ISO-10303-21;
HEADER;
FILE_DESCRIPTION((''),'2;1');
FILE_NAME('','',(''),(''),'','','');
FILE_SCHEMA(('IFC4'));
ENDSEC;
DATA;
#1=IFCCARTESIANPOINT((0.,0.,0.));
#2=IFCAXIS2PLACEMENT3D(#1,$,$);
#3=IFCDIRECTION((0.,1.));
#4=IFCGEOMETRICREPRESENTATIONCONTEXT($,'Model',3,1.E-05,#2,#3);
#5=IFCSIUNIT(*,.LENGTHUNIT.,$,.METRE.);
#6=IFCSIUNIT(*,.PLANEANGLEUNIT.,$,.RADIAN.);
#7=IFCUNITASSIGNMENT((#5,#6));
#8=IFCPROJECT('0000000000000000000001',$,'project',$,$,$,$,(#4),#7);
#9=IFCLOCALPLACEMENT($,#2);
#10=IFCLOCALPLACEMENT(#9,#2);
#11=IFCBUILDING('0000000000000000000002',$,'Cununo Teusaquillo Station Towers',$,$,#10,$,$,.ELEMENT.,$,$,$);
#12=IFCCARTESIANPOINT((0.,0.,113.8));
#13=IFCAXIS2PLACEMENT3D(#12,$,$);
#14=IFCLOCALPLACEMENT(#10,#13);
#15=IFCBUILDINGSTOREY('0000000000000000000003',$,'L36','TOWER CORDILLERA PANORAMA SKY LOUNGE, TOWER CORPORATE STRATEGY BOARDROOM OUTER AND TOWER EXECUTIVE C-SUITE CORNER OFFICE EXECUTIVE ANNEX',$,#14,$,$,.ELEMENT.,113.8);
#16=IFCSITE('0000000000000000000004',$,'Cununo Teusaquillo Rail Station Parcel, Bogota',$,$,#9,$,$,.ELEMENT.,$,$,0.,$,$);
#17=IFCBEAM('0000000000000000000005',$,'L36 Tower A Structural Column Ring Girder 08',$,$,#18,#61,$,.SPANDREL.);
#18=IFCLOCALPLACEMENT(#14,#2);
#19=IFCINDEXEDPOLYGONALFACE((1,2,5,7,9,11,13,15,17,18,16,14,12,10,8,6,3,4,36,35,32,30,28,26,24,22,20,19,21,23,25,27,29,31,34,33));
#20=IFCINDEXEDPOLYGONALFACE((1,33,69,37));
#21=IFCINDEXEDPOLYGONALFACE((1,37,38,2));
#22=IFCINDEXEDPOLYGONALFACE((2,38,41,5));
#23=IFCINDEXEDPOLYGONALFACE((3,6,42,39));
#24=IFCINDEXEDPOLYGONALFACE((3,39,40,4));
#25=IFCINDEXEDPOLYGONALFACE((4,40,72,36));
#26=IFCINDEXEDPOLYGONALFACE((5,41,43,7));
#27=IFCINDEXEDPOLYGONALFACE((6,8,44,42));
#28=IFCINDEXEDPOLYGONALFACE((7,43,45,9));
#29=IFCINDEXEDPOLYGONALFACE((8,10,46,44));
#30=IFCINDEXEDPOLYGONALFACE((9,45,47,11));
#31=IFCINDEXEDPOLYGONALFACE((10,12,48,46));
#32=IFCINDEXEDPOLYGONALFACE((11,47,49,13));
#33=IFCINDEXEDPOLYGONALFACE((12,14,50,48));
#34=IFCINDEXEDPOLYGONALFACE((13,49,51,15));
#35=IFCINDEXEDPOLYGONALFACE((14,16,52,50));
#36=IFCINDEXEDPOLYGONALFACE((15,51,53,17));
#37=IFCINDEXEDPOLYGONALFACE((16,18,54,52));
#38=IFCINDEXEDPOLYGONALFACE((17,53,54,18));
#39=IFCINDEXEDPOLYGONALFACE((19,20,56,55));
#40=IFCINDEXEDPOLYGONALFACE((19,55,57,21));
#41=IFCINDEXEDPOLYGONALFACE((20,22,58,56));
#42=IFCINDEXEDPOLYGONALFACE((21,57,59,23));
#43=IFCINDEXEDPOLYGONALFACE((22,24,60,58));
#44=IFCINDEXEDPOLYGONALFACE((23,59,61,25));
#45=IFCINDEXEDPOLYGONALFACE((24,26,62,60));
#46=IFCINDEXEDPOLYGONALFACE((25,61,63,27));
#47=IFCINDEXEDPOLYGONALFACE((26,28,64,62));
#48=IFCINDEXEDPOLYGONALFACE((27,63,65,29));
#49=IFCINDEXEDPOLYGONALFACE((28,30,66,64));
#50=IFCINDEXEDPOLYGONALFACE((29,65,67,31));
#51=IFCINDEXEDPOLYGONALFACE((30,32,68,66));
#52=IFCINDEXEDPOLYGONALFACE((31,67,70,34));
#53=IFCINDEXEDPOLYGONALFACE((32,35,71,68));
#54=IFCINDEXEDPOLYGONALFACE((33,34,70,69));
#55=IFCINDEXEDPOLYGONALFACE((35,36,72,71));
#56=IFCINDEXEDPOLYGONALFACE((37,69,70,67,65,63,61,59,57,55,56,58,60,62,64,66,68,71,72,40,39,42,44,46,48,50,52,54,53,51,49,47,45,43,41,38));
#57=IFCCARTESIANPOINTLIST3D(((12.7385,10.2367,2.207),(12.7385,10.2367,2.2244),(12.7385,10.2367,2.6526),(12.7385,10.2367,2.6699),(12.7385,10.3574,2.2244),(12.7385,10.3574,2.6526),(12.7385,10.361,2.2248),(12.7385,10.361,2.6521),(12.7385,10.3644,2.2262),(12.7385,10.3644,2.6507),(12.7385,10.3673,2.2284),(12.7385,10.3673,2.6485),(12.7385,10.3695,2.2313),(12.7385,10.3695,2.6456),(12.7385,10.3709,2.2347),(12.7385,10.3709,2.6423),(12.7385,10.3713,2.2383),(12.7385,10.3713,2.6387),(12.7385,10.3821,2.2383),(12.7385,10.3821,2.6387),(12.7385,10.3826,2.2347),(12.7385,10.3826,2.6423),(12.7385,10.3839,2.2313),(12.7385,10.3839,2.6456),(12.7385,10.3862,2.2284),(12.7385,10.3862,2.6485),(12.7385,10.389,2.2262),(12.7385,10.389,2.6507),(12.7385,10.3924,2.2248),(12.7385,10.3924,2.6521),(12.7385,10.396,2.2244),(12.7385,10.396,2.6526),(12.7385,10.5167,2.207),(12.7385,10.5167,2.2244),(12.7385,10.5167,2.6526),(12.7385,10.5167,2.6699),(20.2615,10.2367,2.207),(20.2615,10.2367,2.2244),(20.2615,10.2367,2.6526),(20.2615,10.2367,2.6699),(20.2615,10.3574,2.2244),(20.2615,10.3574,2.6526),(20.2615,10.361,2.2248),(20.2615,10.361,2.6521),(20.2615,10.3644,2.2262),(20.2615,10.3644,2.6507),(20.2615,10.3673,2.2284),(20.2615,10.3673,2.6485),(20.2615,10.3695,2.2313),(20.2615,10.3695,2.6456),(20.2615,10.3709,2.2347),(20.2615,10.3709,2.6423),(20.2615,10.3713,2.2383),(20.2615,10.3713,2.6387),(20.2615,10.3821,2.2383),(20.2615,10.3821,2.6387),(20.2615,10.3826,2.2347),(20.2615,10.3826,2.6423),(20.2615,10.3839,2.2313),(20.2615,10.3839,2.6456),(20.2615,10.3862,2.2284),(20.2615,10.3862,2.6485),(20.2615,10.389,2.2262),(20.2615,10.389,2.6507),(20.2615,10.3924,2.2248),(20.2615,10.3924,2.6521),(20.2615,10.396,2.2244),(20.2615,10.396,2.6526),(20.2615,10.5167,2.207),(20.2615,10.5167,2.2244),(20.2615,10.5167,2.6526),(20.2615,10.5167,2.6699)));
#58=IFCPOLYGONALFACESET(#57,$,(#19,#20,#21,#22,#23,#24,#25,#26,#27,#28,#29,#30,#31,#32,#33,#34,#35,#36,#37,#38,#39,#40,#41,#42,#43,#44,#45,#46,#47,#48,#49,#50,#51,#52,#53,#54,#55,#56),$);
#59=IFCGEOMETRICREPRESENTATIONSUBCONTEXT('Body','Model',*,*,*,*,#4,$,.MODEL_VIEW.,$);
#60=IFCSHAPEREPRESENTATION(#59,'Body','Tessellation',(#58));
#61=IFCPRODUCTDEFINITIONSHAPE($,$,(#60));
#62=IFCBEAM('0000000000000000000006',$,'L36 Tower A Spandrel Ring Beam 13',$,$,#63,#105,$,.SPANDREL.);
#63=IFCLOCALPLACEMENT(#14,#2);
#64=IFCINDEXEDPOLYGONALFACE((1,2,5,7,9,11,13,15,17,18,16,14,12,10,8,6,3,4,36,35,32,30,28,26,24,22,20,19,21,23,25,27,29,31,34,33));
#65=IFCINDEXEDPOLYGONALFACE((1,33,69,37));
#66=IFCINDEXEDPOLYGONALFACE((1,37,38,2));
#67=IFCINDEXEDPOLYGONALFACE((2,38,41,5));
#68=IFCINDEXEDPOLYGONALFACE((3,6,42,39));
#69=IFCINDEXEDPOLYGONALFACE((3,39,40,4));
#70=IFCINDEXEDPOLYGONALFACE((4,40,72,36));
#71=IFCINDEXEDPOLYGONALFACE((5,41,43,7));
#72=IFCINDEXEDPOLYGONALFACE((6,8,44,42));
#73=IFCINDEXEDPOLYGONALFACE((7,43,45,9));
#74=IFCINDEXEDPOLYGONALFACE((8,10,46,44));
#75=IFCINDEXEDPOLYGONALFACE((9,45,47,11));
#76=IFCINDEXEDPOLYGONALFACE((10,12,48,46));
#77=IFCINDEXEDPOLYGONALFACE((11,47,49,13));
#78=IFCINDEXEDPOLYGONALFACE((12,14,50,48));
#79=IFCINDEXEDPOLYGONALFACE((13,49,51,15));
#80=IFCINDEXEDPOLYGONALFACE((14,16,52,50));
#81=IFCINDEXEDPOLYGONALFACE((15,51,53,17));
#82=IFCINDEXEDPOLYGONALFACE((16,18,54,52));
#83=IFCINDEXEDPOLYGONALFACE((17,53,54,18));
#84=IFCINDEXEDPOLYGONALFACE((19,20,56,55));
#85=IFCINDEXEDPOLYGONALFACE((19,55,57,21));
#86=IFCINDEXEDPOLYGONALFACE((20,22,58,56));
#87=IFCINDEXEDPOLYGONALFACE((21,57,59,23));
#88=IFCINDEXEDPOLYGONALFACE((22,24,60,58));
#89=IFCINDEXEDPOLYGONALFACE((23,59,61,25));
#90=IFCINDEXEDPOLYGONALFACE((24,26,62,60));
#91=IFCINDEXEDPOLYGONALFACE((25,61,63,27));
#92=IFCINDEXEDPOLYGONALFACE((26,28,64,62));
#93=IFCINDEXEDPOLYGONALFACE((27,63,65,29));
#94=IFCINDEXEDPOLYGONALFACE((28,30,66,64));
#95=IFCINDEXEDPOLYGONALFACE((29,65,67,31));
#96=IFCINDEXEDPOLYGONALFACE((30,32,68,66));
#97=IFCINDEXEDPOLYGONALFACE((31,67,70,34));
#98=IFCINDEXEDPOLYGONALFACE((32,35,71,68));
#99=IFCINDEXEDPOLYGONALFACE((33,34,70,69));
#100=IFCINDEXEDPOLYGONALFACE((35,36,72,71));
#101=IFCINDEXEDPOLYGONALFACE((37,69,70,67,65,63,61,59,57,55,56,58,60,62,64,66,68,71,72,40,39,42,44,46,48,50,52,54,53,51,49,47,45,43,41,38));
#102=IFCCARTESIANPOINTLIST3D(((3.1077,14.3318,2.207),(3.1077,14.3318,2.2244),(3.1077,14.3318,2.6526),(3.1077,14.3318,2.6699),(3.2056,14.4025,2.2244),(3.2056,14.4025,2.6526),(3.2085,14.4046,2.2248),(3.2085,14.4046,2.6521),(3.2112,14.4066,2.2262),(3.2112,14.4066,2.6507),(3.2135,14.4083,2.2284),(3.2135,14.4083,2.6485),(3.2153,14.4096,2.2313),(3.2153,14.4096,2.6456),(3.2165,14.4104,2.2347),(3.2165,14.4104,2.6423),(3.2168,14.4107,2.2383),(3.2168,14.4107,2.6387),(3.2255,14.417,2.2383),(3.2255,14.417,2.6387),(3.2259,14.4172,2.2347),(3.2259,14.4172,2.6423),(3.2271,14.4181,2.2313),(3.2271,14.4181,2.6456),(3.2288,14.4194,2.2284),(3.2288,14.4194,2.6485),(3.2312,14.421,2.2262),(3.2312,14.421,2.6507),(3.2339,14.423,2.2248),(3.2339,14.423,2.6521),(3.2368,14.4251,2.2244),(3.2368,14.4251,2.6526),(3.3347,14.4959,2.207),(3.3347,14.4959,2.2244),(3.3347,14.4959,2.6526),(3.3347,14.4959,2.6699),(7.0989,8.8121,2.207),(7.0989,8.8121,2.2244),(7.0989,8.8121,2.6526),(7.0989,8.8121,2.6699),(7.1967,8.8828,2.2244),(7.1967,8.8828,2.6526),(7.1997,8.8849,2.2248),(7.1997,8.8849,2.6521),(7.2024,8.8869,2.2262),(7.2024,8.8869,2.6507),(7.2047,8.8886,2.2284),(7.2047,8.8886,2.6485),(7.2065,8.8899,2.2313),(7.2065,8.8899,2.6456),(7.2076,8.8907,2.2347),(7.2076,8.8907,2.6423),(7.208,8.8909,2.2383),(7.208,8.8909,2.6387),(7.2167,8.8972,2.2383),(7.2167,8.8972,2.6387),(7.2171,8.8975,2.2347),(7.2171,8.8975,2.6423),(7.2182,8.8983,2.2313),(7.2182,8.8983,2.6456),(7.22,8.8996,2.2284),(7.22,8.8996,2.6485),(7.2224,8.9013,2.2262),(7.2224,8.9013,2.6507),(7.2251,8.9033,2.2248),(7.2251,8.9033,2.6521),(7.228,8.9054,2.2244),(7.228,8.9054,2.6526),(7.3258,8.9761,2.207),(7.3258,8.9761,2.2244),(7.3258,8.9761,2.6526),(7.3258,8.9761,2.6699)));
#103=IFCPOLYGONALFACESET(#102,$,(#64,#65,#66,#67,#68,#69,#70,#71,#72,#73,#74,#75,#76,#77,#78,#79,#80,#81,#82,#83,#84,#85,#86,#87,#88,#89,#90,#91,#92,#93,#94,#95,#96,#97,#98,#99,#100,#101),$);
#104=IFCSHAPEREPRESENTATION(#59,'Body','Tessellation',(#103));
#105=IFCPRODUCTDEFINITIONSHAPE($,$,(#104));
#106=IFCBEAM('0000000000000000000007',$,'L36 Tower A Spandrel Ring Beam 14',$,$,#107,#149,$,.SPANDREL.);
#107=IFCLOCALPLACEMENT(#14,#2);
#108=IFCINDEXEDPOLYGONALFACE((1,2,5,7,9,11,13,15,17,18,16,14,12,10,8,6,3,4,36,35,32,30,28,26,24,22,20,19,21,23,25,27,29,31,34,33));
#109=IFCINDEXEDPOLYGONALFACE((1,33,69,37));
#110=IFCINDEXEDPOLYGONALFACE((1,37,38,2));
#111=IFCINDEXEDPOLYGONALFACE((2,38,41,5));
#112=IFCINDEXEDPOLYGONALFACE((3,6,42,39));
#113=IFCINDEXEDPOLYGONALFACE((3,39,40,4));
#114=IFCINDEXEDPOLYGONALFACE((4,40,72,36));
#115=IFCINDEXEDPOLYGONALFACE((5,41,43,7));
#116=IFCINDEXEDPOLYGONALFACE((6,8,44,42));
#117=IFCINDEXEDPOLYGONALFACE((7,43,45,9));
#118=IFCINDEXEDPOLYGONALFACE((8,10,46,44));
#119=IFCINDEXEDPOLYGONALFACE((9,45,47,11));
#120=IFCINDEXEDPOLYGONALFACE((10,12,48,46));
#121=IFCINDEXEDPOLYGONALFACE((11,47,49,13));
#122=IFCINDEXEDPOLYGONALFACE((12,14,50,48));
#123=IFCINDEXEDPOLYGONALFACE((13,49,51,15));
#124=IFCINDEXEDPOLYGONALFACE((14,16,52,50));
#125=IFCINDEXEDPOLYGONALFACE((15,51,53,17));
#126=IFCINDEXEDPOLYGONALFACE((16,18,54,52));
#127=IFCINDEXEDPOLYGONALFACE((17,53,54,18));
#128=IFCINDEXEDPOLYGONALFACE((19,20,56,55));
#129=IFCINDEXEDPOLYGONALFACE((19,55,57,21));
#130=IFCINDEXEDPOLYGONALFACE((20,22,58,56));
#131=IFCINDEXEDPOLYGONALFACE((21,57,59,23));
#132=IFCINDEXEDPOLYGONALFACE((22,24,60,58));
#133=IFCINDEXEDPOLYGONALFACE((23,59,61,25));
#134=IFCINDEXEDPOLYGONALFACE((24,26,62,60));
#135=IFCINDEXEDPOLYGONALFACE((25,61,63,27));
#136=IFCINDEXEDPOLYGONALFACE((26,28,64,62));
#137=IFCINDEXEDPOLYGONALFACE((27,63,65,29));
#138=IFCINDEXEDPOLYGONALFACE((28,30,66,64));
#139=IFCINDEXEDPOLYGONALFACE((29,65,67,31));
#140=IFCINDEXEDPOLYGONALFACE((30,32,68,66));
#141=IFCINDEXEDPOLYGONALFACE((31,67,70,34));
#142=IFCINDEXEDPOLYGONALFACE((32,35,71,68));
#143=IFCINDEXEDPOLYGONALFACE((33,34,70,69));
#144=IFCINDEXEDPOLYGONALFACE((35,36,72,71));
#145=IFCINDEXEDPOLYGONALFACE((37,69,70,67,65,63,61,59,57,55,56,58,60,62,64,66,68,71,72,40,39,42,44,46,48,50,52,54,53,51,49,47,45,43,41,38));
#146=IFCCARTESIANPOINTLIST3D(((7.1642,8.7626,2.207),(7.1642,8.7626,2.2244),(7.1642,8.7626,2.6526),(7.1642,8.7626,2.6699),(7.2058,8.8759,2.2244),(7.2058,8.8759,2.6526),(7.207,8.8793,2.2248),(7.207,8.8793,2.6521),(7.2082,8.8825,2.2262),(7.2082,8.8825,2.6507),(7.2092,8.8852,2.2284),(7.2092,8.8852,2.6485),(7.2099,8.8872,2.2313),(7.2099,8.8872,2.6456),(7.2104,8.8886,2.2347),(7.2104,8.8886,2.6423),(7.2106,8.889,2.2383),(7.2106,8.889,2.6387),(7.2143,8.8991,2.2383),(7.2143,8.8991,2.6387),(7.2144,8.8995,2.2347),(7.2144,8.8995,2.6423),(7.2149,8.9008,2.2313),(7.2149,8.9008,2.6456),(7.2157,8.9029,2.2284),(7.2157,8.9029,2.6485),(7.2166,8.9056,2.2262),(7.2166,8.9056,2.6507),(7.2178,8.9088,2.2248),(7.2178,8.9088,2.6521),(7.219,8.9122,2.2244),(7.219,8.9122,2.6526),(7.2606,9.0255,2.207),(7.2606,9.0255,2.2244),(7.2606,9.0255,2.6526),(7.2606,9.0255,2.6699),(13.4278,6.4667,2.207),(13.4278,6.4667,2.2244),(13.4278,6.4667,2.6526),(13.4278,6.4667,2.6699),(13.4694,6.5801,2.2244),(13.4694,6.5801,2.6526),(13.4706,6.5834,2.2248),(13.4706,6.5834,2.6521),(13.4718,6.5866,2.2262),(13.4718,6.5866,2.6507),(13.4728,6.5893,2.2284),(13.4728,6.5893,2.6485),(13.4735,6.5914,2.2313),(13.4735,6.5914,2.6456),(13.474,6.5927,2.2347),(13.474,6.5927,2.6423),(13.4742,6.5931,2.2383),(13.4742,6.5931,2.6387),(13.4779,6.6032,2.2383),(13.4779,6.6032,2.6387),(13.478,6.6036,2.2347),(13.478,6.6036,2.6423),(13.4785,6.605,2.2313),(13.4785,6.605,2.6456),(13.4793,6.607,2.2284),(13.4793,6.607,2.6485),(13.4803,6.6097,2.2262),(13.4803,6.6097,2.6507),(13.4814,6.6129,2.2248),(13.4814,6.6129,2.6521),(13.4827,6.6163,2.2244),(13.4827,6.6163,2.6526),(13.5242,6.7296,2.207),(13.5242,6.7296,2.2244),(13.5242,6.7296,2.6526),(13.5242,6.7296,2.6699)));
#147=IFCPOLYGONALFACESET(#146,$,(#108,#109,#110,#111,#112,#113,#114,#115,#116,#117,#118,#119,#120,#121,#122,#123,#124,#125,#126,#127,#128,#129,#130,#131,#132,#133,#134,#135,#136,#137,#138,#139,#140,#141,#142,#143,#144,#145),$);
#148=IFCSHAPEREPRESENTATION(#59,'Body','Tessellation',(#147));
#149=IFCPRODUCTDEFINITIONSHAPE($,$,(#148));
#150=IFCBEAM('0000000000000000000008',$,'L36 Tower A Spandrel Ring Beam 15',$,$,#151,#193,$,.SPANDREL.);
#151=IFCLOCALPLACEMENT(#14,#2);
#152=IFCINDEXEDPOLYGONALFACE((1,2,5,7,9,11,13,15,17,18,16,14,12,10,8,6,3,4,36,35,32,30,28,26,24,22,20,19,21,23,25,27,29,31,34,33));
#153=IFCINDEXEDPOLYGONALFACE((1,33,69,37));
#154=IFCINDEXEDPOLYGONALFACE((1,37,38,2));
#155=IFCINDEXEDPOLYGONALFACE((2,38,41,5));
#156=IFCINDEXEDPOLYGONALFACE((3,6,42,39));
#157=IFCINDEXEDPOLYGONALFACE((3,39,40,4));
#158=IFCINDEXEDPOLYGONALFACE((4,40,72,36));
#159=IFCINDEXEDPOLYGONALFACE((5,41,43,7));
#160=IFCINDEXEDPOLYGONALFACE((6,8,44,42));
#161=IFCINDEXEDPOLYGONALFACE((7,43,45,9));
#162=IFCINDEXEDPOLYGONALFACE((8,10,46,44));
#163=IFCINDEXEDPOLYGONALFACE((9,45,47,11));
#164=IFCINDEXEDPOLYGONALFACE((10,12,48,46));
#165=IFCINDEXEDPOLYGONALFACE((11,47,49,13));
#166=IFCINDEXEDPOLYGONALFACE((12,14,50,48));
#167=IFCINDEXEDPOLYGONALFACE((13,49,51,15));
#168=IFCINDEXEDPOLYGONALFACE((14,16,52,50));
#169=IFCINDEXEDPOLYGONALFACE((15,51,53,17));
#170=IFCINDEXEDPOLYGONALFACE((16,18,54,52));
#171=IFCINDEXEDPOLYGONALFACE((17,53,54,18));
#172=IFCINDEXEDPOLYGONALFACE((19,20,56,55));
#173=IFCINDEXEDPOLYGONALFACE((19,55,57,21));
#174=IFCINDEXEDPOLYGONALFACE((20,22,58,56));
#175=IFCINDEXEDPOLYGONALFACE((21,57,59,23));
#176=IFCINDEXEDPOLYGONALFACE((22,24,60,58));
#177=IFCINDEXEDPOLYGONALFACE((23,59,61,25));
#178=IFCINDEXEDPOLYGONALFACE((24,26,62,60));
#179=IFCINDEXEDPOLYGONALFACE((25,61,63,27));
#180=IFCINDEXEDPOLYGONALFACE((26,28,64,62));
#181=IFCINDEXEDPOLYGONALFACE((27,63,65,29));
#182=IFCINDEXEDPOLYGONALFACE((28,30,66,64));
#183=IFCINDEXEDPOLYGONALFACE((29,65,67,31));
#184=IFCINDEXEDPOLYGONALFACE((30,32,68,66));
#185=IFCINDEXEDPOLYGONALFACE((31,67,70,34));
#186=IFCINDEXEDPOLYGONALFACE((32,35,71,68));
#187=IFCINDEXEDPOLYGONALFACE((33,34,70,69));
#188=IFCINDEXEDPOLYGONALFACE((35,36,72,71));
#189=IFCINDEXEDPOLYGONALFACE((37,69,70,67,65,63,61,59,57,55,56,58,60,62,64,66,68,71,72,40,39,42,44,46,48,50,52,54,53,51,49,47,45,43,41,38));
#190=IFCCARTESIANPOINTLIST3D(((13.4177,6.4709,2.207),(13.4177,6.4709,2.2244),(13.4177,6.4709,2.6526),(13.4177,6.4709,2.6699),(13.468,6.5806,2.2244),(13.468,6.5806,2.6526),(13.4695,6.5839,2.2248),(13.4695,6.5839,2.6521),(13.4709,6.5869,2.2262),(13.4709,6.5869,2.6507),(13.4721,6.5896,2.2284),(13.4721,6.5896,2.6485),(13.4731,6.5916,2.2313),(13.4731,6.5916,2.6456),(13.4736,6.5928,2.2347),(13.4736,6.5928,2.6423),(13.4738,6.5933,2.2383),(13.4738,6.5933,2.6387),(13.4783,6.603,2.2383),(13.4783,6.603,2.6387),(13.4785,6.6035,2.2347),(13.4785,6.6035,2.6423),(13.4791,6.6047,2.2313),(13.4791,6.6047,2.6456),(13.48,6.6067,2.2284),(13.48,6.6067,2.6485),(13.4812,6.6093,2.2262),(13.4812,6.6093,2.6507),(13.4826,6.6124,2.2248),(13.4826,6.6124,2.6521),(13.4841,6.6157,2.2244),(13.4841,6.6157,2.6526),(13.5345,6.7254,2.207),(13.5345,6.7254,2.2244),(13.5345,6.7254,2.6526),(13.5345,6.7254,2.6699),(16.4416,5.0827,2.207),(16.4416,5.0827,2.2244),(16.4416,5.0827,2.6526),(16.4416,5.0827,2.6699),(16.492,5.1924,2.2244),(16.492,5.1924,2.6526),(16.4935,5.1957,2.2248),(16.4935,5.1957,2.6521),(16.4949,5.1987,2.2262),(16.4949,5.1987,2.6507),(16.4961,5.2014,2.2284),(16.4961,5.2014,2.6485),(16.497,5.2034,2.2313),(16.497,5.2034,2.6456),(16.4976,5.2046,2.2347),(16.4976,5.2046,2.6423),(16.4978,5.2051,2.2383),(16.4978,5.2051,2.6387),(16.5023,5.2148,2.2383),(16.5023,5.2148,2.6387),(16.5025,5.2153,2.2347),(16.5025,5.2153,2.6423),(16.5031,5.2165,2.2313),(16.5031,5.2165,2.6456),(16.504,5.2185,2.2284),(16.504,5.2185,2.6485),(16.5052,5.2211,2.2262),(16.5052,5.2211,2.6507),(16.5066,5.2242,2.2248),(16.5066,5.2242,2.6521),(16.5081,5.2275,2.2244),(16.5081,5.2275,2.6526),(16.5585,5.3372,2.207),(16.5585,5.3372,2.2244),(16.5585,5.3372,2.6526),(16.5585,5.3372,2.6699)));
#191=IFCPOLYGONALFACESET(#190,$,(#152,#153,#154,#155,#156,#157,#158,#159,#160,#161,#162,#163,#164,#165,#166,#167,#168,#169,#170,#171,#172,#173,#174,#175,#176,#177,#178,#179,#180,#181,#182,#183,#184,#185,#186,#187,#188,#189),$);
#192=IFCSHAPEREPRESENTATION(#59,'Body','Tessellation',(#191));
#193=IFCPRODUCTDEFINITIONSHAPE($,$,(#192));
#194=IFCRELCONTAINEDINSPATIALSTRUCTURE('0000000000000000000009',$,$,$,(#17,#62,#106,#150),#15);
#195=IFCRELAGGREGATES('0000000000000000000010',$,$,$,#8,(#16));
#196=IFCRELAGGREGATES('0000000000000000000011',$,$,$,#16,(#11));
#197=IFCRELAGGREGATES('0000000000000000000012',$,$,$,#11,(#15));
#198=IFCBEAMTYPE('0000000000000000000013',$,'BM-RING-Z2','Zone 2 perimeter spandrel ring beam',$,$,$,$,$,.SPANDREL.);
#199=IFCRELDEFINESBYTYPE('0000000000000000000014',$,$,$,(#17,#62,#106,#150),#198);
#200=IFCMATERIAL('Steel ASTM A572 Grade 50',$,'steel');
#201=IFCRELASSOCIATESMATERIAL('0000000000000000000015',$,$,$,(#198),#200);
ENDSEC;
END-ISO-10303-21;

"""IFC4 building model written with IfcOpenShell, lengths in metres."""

from ifc_helpers import new_model, si_unit, direction, frame, origin, origin_2d, place, context, subcontext, project, spatial, i_section, extrude, material, material_profile, profile_set, type_object, element, save


model = new_model("IFC4")

# Units and contexts
model_context = context("Model", 3, precision=1e-05, world=origin(), true_north=direction((0.0, 1.0)))
body_context = subcontext(model_context, "Body", "Model", "MODEL_VIEW")
ifc_project = project(units=[si_unit("LENGTHUNIT", "METRE"), si_unit("PLANEANGLEUNIT", "RADIAN")], contexts=[model_context])

# Site, building, storey
site_placement = place(None, origin())
site = spatial("IfcSite", under=ifc_project, at=site_placement, Name="Cununo Teusaquillo Rail Station Parcel, Bogota", CompositionType="ELEMENT", RefElevation=0.0)
building_placement = place(site_placement, origin())
building = spatial("IfcBuilding", under=site, at=building_placement, Name="Cununo Teusaquillo Station Towers", CompositionType="ELEMENT")
storey_placement = place(building_placement, frame((0.0, 0.0, 113.8)))
storey = spatial("IfcBuildingStorey", under=building, at=storey_placement, Name="L36", Description="TOWER CORDILLERA PANORAMA SKY LOUNGE, TOWER CORPORATE STRATEGY BOARDROOM OUTER AND TOWER EXECUTIVE C-SUITE CORNER OFFICE EXECUTIVE ANNEX", CompositionType="ELEMENT", Elevation=113.8)

# Beams
ifc_material_1 = material(Name="Steel ASTM A572 Grade 50", Category="steel")
ifc_material_profile_1 = material_profile(ifc_material_1, i_section(OverallWidth=0.28, OverallDepth=0.4629, WebThickness=0.0107, FlangeThickness=0.0173, FilletRadius=0.0139, at=origin_2d()), Name="W18X76")
ifc_profile_set_1 = profile_set([ifc_material_profile_1], Name="Steel ASTM A572 Grade 50")
beam_type = type_object("IfcBeamType", Name="BM-RING-Z2", Description="Zone 2 perimeter spandrel ring beam", PredefinedType="SPANDREL", material=ifc_profile_set_1)
beam_1_placement = place(storey_placement, frame((12.7385, 10.3767, 2.4385), z_axis=(1.0, 0.0, 0.0), x_axis=(0.0, 1.0, 0.0)))
element("IfcBeam", 1, at=beam_1_placement, inside=storey, type_object=beam_type, Name="L36 Tower A Structural Column Ring Girder 08", PredefinedType="SPANDREL", context=body_context, shape_type="SweptSolid", body=[
    extrude(i_section(OverallWidth=0.28, OverallDepth=0.4629, WebThickness=0.0107, FlangeThickness=0.0173, FilletRadius=0.0139, at=origin_2d()), origin(), (0.0, 0.0, 1.0), 7.5229),
])
beam_2_placement = place(storey_placement, frame((3.2212, 14.4138, 2.4385), z_axis=(0.585945, -0.810351, 0.0), x_axis=(0.810351, 0.585945, 0.0)))
element("IfcBeam", 2, at=beam_2_placement, inside=storey, type_object=beam_type, Name="L36 Tower A Spandrel Ring Beam 13", PredefinedType="SPANDREL", context=body_context, shape_type="SweptSolid", body=[
    extrude(i_section(OverallWidth=0.28, OverallDepth=0.4629, WebThickness=0.0107, FlangeThickness=0.0173, FilletRadius=0.0139, at=origin_2d()), origin(), (0.0, 0.0, 1.0), 6.8115),
])
beam_3_placement = place(storey_placement, frame((7.2124, 8.894, 2.4385), z_axis=(0.938914, -0.344151, 0.0), x_axis=(0.344151, 0.938914, 0.0)))
element("IfcBeam", 3, at=beam_3_placement, inside=storey, type_object=beam_type, Name="L36 Tower A Spandrel Ring Beam 14", PredefinedType="SPANDREL", context=body_context, shape_type="SweptSolid", body=[
    extrude(i_section(OverallWidth=0.28, OverallDepth=0.4629, WebThickness=0.0107, FlangeThickness=0.0173, FilletRadius=0.0139, at=origin_2d()), origin(), (0.0, 0.0, 1.0), 6.6711),
])
beam_4_placement = place(storey_placement, frame((13.4761, 6.5981, 2.4385), z_axis=(0.908812, -0.417205, 0.0), x_axis=(0.417205, 0.908812, 0.0)))
element("IfcBeam", 4, at=beam_4_placement, inside=storey, type_object=beam_type, Name="L36 Tower A Spandrel Ring Beam 15", PredefinedType="SPANDREL", context=body_context, shape_type="SweptSolid", body=[
    extrude(i_section(OverallWidth=0.28, OverallDepth=0.4629, WebThickness=0.0107, FlangeThickness=0.0173, FilletRadius=0.0139, at=origin_2d()), origin(), (0.0, 0.0, 1.0), 3.3274),
])

save(model, "model.ifc")
